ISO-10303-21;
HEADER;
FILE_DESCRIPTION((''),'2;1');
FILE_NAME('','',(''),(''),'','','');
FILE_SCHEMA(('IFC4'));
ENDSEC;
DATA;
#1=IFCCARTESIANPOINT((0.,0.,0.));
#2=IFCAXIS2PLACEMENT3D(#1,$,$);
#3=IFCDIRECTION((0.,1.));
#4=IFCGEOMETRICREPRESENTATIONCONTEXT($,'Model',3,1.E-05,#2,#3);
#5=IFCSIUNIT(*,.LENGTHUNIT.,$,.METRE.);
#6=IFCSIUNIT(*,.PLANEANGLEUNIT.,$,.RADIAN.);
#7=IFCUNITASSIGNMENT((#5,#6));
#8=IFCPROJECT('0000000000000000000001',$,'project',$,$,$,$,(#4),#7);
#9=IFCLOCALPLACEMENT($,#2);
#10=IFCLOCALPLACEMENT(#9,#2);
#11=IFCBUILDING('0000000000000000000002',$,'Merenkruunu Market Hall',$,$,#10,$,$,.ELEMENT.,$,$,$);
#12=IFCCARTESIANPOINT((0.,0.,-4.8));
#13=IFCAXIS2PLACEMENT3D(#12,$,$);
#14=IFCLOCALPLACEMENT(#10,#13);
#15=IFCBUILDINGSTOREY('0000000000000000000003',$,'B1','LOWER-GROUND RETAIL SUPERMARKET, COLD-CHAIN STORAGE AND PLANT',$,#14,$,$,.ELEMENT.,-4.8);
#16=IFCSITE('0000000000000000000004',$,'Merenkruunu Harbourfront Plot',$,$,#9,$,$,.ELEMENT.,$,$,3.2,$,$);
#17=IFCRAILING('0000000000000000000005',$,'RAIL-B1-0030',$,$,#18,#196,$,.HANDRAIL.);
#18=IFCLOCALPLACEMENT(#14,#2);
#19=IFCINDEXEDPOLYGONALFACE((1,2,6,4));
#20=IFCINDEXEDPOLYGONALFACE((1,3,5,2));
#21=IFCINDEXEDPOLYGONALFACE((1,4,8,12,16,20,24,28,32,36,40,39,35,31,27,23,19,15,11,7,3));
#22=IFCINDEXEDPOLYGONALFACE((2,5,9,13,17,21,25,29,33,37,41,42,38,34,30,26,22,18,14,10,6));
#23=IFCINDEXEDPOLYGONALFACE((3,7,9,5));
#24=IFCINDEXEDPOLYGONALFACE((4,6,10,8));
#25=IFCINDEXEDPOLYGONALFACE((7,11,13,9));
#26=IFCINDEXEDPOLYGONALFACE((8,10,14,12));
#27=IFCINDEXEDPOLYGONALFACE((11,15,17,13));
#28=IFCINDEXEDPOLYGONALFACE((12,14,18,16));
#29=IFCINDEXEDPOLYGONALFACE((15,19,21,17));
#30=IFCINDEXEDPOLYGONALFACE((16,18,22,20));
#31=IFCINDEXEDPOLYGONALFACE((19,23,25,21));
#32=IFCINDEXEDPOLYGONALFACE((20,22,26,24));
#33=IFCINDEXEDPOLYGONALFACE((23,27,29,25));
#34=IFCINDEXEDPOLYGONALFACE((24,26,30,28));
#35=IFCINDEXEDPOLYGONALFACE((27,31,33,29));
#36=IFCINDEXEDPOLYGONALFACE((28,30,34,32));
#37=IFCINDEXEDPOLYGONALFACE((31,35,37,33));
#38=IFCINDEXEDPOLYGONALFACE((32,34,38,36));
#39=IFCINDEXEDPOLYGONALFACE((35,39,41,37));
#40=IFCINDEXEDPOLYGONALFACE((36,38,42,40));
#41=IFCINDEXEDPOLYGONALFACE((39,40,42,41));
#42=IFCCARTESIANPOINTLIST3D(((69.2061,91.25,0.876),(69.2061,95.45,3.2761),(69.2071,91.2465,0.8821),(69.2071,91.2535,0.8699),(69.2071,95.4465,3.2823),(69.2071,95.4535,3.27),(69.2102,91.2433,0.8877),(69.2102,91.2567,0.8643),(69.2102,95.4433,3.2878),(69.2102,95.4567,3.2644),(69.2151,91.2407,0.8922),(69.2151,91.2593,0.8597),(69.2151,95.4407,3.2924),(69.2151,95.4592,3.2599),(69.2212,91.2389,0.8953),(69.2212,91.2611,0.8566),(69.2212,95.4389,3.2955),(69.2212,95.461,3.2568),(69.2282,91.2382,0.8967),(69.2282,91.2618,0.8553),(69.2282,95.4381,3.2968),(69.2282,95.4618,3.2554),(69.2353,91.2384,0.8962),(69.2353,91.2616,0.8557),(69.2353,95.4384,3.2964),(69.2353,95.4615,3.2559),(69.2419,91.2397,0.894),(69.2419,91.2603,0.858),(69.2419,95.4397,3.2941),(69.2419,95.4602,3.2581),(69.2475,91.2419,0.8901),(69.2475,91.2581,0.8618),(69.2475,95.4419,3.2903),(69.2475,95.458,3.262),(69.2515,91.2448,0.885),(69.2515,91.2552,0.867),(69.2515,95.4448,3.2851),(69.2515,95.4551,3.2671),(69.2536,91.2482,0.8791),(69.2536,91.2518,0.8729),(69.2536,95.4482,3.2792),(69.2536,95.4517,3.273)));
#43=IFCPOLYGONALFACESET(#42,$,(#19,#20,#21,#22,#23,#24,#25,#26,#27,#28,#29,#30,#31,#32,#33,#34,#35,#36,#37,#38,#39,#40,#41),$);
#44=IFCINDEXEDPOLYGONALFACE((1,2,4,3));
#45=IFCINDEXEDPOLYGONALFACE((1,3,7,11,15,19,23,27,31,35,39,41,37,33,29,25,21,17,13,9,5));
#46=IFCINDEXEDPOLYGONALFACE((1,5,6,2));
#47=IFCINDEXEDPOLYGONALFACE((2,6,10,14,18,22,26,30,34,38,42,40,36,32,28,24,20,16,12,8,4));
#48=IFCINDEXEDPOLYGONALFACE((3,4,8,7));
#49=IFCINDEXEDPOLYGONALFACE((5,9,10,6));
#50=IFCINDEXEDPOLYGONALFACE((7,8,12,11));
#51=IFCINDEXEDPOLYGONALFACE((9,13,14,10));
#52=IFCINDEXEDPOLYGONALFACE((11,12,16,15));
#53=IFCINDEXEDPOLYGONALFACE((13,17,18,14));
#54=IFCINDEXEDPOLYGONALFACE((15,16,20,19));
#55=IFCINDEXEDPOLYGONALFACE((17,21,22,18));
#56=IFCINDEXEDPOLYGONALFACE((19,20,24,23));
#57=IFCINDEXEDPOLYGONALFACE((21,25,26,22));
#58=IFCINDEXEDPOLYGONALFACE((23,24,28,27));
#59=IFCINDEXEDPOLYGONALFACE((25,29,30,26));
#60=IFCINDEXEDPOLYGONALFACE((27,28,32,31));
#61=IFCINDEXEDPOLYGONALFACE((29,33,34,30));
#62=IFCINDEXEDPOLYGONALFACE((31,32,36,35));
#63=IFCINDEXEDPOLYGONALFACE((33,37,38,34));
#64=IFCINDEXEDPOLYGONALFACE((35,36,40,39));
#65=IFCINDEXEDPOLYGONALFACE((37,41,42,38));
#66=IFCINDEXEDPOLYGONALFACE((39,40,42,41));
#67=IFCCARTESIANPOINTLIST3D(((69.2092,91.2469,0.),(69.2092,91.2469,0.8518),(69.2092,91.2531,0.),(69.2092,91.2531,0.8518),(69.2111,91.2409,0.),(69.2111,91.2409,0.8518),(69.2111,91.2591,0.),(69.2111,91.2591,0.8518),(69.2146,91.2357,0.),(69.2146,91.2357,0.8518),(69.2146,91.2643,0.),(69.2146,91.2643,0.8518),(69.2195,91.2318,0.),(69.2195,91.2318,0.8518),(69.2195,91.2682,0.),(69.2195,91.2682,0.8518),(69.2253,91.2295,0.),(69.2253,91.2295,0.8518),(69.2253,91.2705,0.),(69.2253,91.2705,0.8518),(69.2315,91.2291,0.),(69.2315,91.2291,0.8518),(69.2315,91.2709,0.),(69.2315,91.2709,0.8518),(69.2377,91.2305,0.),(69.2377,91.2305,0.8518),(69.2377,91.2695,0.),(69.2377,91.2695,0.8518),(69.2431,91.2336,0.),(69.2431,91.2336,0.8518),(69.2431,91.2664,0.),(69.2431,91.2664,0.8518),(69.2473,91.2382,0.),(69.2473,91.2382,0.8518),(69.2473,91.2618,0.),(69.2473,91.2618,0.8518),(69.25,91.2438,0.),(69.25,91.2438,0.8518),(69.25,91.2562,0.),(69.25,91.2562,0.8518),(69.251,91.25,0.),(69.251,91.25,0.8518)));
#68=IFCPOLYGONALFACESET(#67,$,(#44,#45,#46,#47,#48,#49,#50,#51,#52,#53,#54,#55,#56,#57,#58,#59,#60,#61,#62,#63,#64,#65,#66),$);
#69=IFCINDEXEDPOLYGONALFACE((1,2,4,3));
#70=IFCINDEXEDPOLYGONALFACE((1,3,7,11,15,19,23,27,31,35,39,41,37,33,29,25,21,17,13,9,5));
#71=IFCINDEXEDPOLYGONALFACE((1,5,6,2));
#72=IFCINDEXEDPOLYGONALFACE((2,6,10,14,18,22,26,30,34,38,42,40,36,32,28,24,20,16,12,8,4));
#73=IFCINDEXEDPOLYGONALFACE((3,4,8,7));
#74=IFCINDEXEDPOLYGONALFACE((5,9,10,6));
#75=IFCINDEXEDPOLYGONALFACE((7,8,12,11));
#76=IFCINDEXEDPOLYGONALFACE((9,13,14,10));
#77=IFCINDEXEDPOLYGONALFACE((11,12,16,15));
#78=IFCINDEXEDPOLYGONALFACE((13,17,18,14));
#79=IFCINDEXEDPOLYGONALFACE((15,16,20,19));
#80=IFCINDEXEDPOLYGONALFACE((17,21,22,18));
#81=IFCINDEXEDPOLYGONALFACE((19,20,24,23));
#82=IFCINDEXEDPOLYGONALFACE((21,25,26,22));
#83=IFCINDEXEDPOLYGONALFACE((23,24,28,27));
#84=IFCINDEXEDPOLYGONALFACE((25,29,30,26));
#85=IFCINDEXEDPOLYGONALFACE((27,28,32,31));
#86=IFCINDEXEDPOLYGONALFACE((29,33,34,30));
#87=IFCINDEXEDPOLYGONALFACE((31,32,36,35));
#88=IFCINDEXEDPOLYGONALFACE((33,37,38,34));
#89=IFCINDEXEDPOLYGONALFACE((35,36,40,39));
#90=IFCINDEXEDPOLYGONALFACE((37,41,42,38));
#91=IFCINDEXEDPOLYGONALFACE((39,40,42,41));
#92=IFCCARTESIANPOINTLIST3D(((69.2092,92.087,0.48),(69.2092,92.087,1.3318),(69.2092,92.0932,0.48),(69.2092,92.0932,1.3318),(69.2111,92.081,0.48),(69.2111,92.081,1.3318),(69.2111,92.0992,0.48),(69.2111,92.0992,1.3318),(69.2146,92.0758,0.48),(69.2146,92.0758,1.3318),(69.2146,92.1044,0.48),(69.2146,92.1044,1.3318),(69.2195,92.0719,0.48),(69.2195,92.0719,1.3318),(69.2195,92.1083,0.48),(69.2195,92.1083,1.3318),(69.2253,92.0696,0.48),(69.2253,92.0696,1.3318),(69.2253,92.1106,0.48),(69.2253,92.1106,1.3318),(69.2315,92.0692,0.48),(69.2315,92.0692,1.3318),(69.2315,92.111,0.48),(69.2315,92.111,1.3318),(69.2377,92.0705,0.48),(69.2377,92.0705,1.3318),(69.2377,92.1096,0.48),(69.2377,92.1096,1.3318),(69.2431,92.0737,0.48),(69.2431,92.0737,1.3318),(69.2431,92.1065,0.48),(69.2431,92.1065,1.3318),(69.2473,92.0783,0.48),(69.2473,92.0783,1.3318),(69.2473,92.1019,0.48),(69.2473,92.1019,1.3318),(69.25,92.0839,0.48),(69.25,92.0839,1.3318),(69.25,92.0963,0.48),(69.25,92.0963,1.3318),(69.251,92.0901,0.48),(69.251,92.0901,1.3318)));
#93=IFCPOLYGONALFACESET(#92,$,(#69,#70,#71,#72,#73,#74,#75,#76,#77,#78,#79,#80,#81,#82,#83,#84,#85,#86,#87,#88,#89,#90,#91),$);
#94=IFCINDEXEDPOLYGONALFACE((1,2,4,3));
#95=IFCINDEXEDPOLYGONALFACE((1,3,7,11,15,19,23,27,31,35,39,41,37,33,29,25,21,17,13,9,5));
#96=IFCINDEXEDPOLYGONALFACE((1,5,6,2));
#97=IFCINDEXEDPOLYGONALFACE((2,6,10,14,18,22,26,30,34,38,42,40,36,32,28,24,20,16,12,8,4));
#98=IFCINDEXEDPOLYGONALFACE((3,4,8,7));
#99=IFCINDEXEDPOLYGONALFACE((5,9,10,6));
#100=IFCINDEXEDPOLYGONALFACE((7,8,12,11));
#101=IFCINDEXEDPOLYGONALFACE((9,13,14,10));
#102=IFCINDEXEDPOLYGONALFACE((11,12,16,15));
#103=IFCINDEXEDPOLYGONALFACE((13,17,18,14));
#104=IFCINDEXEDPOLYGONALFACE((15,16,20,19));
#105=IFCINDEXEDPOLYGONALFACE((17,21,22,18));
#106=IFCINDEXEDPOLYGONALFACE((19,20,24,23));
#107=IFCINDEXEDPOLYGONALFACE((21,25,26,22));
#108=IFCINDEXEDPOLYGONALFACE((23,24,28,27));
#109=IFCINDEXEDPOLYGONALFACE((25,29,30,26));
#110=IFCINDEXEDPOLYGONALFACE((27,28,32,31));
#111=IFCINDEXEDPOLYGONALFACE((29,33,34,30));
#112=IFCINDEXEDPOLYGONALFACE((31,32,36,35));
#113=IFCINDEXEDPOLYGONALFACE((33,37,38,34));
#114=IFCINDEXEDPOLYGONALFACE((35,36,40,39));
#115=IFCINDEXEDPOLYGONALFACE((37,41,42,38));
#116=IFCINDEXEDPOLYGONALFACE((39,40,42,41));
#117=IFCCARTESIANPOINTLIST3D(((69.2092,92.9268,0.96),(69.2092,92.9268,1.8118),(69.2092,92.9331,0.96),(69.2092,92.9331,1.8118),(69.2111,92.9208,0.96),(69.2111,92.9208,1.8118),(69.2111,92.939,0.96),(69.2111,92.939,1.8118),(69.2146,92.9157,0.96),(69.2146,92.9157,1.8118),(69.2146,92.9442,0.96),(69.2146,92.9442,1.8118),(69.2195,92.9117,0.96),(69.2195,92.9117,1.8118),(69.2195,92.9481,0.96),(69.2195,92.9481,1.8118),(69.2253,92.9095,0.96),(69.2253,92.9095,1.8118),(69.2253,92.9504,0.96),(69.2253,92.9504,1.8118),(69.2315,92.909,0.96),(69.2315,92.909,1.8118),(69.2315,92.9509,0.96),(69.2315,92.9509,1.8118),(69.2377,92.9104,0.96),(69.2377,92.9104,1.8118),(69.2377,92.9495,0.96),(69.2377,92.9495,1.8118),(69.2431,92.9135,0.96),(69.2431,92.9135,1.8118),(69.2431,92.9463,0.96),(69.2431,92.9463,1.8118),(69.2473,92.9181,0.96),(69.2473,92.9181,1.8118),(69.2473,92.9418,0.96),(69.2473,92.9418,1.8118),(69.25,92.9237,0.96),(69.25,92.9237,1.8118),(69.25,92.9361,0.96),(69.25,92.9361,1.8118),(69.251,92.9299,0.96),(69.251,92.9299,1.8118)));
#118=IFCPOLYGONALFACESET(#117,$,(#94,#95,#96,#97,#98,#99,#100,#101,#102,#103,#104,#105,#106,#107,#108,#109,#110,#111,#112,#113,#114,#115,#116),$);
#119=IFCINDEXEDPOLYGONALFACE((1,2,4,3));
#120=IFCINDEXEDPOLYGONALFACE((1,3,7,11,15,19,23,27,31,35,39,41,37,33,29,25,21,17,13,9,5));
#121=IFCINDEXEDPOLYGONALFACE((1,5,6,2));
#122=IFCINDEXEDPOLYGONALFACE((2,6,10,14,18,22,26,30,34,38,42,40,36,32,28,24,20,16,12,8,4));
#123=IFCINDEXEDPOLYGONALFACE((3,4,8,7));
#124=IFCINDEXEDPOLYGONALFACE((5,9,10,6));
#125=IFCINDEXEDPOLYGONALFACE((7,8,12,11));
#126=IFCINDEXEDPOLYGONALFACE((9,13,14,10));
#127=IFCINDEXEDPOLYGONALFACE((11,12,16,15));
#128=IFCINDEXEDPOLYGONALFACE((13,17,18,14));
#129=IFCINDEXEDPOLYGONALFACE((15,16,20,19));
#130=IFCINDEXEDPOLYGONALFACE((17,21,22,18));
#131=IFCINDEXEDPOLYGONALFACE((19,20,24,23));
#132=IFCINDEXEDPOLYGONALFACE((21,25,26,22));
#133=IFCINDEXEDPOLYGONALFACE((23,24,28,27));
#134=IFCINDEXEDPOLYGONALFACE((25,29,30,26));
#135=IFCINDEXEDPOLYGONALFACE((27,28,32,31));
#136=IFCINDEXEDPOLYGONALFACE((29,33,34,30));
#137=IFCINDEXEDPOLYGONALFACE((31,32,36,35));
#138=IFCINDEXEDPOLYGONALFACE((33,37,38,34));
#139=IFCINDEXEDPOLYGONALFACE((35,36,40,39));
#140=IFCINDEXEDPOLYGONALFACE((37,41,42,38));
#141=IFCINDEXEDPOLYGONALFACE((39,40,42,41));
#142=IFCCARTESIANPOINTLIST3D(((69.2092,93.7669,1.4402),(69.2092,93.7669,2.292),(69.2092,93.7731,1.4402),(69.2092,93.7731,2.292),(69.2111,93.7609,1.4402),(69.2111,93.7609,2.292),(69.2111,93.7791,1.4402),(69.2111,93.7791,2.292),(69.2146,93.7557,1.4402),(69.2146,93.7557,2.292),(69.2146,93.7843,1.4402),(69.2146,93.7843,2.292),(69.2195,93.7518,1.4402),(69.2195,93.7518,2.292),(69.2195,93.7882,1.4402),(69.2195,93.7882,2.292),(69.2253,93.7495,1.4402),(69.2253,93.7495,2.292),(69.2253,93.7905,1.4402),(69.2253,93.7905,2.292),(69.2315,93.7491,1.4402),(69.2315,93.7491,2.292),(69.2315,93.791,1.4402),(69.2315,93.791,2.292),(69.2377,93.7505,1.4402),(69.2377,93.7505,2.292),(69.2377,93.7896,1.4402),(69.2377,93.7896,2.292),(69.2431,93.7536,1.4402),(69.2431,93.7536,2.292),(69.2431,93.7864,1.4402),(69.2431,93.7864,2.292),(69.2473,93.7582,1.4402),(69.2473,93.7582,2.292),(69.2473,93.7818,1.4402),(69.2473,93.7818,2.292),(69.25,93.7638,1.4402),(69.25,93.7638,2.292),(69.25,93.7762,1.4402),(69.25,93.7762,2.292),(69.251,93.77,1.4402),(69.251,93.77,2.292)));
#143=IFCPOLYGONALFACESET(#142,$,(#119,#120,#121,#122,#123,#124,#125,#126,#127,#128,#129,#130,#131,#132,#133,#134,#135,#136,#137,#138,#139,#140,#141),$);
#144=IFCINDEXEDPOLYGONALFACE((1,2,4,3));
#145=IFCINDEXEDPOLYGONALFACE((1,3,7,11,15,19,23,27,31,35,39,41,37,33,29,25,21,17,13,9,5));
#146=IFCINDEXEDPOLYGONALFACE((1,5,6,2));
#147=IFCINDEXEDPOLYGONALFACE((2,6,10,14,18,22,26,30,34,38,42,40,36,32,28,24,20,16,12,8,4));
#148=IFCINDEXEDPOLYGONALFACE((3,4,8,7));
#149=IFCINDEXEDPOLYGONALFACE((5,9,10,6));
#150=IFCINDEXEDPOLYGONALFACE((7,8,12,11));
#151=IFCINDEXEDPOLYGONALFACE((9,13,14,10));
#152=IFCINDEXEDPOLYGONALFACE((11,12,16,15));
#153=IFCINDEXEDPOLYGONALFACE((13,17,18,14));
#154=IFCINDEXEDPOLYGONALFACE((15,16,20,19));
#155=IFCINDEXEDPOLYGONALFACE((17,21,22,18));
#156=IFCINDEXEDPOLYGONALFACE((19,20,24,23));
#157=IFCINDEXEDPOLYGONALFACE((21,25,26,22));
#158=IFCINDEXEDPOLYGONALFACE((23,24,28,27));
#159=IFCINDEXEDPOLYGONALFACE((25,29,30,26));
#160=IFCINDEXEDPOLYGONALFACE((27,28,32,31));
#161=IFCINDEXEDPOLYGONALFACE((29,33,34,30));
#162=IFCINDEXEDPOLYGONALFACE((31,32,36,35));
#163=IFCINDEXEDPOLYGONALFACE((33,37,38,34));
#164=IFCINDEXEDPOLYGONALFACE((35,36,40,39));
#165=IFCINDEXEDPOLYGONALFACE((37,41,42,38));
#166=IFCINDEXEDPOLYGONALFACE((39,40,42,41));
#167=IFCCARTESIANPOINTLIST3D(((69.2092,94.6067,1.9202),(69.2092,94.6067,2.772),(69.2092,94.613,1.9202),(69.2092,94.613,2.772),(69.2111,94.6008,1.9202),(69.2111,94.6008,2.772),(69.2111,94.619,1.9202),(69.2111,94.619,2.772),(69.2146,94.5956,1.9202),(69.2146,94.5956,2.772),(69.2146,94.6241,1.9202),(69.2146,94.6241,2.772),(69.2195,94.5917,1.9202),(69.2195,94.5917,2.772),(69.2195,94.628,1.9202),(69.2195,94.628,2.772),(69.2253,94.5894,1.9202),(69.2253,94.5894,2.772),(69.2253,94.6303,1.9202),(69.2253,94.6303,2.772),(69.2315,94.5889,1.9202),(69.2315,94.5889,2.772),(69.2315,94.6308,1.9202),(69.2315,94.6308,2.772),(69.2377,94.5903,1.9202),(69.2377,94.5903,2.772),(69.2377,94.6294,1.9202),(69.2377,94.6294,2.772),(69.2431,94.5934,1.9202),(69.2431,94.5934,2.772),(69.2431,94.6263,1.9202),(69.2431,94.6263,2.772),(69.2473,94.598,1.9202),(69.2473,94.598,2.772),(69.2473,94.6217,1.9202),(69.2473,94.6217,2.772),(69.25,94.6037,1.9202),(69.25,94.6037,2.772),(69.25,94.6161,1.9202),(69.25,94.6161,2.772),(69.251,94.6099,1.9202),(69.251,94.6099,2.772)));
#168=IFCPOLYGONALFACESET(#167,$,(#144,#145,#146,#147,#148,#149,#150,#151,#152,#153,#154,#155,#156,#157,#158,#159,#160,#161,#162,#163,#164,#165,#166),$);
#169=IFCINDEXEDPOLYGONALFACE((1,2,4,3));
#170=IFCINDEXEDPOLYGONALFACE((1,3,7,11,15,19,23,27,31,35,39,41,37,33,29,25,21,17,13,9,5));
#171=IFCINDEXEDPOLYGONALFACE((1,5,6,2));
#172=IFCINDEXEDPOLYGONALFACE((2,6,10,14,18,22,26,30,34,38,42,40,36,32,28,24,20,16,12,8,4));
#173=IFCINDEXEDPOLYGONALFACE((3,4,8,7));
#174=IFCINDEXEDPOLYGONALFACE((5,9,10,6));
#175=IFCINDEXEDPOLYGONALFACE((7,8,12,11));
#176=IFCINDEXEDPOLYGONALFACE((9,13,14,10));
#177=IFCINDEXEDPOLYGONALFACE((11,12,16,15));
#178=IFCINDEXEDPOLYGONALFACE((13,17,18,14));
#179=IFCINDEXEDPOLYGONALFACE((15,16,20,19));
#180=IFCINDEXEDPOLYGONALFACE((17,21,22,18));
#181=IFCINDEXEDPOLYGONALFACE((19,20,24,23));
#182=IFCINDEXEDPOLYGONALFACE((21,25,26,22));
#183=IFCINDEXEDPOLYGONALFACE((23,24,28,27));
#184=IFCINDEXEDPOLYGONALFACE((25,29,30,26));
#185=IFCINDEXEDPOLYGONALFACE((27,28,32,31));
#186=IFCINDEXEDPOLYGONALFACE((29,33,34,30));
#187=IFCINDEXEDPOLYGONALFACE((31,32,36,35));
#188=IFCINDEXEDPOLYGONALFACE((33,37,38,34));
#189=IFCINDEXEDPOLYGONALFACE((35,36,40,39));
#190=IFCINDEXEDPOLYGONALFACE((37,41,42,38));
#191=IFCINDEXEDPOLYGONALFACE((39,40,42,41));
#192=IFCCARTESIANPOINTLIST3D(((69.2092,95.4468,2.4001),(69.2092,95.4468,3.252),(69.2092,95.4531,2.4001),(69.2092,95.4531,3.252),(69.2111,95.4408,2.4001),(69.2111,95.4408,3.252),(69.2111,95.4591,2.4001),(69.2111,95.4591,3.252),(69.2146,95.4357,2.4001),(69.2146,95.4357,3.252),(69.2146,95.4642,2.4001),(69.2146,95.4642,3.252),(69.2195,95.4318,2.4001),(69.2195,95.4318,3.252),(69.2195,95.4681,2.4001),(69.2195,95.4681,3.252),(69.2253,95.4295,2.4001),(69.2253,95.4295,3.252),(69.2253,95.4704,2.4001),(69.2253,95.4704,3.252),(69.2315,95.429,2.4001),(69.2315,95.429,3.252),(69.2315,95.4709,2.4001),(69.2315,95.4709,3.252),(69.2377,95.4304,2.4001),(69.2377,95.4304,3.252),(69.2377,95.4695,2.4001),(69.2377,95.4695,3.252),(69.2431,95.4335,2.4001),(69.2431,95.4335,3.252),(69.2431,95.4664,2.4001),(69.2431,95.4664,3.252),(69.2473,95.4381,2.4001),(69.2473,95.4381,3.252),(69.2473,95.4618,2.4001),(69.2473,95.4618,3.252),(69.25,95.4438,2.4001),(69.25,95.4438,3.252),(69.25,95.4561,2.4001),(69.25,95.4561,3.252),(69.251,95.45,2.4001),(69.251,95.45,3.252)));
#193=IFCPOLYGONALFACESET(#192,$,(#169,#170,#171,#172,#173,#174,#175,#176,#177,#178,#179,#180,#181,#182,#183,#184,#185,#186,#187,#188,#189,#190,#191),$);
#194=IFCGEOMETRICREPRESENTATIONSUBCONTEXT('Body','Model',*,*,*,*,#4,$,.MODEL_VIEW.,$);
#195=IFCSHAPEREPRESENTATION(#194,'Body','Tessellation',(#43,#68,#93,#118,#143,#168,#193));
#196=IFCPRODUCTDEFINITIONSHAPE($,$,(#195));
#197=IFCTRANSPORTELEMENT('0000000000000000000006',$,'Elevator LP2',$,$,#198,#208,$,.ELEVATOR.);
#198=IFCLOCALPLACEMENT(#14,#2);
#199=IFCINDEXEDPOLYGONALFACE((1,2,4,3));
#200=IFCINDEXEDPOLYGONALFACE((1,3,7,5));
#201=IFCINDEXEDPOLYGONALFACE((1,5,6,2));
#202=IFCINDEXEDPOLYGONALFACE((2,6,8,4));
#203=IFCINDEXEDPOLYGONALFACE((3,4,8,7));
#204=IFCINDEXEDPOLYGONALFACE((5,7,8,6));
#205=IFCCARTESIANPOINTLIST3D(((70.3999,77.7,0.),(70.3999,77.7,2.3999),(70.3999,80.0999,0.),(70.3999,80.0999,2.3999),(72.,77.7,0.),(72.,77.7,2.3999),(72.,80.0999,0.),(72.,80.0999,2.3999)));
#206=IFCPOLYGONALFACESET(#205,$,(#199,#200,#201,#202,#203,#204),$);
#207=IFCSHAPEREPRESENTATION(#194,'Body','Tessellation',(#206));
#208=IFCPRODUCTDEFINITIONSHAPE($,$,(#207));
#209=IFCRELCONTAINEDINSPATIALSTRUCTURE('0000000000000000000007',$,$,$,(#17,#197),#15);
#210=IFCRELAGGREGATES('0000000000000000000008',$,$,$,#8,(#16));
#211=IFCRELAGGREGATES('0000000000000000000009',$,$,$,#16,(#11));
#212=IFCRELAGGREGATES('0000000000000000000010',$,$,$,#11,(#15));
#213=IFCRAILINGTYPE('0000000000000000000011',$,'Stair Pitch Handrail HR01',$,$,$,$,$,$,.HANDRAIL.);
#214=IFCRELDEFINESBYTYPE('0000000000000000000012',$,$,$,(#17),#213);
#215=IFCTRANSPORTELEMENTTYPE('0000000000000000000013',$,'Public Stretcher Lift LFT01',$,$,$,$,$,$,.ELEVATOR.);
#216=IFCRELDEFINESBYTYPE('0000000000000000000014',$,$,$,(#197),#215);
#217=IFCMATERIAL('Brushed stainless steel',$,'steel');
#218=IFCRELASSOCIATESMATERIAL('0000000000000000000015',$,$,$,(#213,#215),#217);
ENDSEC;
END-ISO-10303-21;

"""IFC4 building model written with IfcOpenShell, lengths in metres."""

from ifc_helpers import new_model, si_unit, direction, frame, origin, origin_2d, place, context, subcontext, project, spatial, rectangle, circle, extrude, material, type_object, element, save


model = new_model("IFC4")

# Units and contexts
model_context = context("Model", 3, precision=1e-05, world=origin(), true_north=direction((0.0, 1.0)))
body_context = subcontext(model_context, "Body", "Model", "MODEL_VIEW")
ifc_project = project(units=[si_unit("LENGTHUNIT", "METRE"), si_unit("PLANEANGLEUNIT", "RADIAN")], contexts=[model_context])

# Site, building, storey
site_placement = place(None, origin())
site = spatial("IfcSite", under=ifc_project, at=site_placement, Name="Merenkruunu Harbourfront Plot", CompositionType="ELEMENT", RefElevation=3.2)
building_placement = place(site_placement, origin())
building = spatial("IfcBuilding", under=site, at=building_placement, Name="Merenkruunu Market Hall", CompositionType="ELEMENT")
storey_placement = place(building_placement, frame((0.0, 0.0, -4.8)))
storey = spatial("IfcBuildingStorey", under=building, at=storey_placement, Name="B1", Description="LOWER-GROUND RETAIL SUPERMARKET, COLD-CHAIN STORAGE AND PLANT", CompositionType="ELEMENT", Elevation=-4.8)

# Shared definitions
ifc_material_1 = material(Name="Brushed stainless steel", Category="steel")

# Railing
railing_type_1 = type_object("IfcRailingType", Name="Stair Pitch Handrail HR01", PredefinedType="HANDRAIL", material=ifc_material_1)
railing_1_placement = place(storey_placement, frame((69.23, 91.25, 0.0)))
element("IfcRailing", 1, at=railing_1_placement, inside=storey, type_object=railing_type_1, Name="RAIL-B1-0030", PredefinedType="HANDRAIL", context=body_context, shape_type="SweptSolid", body=[
    extrude(circle(Radius=0.0239, at=origin_2d()), frame((0.0, 0.0, 0.876), z_axis=(0.0, 0.868228, 0.496166), x_axis=(-1.0, 0.0, 0.0)), (0.0, 0.0, 1.0), 4.8374),
    extrude(circle(Radius=0.021, at=origin_2d()), origin(), (0.0, 0.0, 1.0), 0.8518),
    extrude(circle(Radius=0.021, at=origin_2d()), frame((0.0, 0.8401, 0.48)), (0.0, 0.0, 1.0), 0.8518),
    extrude(circle(Radius=0.021, at=origin_2d()), frame((0.0, 1.6799, 0.96)), (0.0, 0.0, 1.0), 0.8518),
    extrude(circle(Radius=0.021, at=origin_2d()), frame((0.0, 2.52, 1.4402)), (0.0, 0.0, 1.0), 0.8518),
    extrude(circle(Radius=0.021, at=origin_2d()), frame((0.0, 3.3599, 1.9202)), (0.0, 0.0, 1.0), 0.8518),
    extrude(circle(Radius=0.021, at=origin_2d()), frame((0.0, 4.2, 2.4001)), (0.0, 0.0, 1.0), 0.8518),
])

# Transport element
transport_element_type = type_object("IfcTransportElementType", Name="Public Stretcher Lift LFT01", PredefinedType="ELEVATOR", material=ifc_material_1)
transport_element_placement = place(storey_placement, frame((71.2, 78.8999, 0.0), z_axis=(0.0, 0.0, 1.0), x_axis=(1.0, 0.0, 0.0)))
element("IfcTransportElement", 2, at=transport_element_placement, inside=storey, type_object=transport_element_type, Name="Elevator LP2", PredefinedType="ELEVATOR", context=body_context, shape_type="SweptSolid", body=[
    extrude(rectangle(XDim=1.6001, YDim=2.3999, at=origin_2d()), origin(), (0.0, 0.0, 1.0), 2.3999),
])

save(model, "model.ifc")
